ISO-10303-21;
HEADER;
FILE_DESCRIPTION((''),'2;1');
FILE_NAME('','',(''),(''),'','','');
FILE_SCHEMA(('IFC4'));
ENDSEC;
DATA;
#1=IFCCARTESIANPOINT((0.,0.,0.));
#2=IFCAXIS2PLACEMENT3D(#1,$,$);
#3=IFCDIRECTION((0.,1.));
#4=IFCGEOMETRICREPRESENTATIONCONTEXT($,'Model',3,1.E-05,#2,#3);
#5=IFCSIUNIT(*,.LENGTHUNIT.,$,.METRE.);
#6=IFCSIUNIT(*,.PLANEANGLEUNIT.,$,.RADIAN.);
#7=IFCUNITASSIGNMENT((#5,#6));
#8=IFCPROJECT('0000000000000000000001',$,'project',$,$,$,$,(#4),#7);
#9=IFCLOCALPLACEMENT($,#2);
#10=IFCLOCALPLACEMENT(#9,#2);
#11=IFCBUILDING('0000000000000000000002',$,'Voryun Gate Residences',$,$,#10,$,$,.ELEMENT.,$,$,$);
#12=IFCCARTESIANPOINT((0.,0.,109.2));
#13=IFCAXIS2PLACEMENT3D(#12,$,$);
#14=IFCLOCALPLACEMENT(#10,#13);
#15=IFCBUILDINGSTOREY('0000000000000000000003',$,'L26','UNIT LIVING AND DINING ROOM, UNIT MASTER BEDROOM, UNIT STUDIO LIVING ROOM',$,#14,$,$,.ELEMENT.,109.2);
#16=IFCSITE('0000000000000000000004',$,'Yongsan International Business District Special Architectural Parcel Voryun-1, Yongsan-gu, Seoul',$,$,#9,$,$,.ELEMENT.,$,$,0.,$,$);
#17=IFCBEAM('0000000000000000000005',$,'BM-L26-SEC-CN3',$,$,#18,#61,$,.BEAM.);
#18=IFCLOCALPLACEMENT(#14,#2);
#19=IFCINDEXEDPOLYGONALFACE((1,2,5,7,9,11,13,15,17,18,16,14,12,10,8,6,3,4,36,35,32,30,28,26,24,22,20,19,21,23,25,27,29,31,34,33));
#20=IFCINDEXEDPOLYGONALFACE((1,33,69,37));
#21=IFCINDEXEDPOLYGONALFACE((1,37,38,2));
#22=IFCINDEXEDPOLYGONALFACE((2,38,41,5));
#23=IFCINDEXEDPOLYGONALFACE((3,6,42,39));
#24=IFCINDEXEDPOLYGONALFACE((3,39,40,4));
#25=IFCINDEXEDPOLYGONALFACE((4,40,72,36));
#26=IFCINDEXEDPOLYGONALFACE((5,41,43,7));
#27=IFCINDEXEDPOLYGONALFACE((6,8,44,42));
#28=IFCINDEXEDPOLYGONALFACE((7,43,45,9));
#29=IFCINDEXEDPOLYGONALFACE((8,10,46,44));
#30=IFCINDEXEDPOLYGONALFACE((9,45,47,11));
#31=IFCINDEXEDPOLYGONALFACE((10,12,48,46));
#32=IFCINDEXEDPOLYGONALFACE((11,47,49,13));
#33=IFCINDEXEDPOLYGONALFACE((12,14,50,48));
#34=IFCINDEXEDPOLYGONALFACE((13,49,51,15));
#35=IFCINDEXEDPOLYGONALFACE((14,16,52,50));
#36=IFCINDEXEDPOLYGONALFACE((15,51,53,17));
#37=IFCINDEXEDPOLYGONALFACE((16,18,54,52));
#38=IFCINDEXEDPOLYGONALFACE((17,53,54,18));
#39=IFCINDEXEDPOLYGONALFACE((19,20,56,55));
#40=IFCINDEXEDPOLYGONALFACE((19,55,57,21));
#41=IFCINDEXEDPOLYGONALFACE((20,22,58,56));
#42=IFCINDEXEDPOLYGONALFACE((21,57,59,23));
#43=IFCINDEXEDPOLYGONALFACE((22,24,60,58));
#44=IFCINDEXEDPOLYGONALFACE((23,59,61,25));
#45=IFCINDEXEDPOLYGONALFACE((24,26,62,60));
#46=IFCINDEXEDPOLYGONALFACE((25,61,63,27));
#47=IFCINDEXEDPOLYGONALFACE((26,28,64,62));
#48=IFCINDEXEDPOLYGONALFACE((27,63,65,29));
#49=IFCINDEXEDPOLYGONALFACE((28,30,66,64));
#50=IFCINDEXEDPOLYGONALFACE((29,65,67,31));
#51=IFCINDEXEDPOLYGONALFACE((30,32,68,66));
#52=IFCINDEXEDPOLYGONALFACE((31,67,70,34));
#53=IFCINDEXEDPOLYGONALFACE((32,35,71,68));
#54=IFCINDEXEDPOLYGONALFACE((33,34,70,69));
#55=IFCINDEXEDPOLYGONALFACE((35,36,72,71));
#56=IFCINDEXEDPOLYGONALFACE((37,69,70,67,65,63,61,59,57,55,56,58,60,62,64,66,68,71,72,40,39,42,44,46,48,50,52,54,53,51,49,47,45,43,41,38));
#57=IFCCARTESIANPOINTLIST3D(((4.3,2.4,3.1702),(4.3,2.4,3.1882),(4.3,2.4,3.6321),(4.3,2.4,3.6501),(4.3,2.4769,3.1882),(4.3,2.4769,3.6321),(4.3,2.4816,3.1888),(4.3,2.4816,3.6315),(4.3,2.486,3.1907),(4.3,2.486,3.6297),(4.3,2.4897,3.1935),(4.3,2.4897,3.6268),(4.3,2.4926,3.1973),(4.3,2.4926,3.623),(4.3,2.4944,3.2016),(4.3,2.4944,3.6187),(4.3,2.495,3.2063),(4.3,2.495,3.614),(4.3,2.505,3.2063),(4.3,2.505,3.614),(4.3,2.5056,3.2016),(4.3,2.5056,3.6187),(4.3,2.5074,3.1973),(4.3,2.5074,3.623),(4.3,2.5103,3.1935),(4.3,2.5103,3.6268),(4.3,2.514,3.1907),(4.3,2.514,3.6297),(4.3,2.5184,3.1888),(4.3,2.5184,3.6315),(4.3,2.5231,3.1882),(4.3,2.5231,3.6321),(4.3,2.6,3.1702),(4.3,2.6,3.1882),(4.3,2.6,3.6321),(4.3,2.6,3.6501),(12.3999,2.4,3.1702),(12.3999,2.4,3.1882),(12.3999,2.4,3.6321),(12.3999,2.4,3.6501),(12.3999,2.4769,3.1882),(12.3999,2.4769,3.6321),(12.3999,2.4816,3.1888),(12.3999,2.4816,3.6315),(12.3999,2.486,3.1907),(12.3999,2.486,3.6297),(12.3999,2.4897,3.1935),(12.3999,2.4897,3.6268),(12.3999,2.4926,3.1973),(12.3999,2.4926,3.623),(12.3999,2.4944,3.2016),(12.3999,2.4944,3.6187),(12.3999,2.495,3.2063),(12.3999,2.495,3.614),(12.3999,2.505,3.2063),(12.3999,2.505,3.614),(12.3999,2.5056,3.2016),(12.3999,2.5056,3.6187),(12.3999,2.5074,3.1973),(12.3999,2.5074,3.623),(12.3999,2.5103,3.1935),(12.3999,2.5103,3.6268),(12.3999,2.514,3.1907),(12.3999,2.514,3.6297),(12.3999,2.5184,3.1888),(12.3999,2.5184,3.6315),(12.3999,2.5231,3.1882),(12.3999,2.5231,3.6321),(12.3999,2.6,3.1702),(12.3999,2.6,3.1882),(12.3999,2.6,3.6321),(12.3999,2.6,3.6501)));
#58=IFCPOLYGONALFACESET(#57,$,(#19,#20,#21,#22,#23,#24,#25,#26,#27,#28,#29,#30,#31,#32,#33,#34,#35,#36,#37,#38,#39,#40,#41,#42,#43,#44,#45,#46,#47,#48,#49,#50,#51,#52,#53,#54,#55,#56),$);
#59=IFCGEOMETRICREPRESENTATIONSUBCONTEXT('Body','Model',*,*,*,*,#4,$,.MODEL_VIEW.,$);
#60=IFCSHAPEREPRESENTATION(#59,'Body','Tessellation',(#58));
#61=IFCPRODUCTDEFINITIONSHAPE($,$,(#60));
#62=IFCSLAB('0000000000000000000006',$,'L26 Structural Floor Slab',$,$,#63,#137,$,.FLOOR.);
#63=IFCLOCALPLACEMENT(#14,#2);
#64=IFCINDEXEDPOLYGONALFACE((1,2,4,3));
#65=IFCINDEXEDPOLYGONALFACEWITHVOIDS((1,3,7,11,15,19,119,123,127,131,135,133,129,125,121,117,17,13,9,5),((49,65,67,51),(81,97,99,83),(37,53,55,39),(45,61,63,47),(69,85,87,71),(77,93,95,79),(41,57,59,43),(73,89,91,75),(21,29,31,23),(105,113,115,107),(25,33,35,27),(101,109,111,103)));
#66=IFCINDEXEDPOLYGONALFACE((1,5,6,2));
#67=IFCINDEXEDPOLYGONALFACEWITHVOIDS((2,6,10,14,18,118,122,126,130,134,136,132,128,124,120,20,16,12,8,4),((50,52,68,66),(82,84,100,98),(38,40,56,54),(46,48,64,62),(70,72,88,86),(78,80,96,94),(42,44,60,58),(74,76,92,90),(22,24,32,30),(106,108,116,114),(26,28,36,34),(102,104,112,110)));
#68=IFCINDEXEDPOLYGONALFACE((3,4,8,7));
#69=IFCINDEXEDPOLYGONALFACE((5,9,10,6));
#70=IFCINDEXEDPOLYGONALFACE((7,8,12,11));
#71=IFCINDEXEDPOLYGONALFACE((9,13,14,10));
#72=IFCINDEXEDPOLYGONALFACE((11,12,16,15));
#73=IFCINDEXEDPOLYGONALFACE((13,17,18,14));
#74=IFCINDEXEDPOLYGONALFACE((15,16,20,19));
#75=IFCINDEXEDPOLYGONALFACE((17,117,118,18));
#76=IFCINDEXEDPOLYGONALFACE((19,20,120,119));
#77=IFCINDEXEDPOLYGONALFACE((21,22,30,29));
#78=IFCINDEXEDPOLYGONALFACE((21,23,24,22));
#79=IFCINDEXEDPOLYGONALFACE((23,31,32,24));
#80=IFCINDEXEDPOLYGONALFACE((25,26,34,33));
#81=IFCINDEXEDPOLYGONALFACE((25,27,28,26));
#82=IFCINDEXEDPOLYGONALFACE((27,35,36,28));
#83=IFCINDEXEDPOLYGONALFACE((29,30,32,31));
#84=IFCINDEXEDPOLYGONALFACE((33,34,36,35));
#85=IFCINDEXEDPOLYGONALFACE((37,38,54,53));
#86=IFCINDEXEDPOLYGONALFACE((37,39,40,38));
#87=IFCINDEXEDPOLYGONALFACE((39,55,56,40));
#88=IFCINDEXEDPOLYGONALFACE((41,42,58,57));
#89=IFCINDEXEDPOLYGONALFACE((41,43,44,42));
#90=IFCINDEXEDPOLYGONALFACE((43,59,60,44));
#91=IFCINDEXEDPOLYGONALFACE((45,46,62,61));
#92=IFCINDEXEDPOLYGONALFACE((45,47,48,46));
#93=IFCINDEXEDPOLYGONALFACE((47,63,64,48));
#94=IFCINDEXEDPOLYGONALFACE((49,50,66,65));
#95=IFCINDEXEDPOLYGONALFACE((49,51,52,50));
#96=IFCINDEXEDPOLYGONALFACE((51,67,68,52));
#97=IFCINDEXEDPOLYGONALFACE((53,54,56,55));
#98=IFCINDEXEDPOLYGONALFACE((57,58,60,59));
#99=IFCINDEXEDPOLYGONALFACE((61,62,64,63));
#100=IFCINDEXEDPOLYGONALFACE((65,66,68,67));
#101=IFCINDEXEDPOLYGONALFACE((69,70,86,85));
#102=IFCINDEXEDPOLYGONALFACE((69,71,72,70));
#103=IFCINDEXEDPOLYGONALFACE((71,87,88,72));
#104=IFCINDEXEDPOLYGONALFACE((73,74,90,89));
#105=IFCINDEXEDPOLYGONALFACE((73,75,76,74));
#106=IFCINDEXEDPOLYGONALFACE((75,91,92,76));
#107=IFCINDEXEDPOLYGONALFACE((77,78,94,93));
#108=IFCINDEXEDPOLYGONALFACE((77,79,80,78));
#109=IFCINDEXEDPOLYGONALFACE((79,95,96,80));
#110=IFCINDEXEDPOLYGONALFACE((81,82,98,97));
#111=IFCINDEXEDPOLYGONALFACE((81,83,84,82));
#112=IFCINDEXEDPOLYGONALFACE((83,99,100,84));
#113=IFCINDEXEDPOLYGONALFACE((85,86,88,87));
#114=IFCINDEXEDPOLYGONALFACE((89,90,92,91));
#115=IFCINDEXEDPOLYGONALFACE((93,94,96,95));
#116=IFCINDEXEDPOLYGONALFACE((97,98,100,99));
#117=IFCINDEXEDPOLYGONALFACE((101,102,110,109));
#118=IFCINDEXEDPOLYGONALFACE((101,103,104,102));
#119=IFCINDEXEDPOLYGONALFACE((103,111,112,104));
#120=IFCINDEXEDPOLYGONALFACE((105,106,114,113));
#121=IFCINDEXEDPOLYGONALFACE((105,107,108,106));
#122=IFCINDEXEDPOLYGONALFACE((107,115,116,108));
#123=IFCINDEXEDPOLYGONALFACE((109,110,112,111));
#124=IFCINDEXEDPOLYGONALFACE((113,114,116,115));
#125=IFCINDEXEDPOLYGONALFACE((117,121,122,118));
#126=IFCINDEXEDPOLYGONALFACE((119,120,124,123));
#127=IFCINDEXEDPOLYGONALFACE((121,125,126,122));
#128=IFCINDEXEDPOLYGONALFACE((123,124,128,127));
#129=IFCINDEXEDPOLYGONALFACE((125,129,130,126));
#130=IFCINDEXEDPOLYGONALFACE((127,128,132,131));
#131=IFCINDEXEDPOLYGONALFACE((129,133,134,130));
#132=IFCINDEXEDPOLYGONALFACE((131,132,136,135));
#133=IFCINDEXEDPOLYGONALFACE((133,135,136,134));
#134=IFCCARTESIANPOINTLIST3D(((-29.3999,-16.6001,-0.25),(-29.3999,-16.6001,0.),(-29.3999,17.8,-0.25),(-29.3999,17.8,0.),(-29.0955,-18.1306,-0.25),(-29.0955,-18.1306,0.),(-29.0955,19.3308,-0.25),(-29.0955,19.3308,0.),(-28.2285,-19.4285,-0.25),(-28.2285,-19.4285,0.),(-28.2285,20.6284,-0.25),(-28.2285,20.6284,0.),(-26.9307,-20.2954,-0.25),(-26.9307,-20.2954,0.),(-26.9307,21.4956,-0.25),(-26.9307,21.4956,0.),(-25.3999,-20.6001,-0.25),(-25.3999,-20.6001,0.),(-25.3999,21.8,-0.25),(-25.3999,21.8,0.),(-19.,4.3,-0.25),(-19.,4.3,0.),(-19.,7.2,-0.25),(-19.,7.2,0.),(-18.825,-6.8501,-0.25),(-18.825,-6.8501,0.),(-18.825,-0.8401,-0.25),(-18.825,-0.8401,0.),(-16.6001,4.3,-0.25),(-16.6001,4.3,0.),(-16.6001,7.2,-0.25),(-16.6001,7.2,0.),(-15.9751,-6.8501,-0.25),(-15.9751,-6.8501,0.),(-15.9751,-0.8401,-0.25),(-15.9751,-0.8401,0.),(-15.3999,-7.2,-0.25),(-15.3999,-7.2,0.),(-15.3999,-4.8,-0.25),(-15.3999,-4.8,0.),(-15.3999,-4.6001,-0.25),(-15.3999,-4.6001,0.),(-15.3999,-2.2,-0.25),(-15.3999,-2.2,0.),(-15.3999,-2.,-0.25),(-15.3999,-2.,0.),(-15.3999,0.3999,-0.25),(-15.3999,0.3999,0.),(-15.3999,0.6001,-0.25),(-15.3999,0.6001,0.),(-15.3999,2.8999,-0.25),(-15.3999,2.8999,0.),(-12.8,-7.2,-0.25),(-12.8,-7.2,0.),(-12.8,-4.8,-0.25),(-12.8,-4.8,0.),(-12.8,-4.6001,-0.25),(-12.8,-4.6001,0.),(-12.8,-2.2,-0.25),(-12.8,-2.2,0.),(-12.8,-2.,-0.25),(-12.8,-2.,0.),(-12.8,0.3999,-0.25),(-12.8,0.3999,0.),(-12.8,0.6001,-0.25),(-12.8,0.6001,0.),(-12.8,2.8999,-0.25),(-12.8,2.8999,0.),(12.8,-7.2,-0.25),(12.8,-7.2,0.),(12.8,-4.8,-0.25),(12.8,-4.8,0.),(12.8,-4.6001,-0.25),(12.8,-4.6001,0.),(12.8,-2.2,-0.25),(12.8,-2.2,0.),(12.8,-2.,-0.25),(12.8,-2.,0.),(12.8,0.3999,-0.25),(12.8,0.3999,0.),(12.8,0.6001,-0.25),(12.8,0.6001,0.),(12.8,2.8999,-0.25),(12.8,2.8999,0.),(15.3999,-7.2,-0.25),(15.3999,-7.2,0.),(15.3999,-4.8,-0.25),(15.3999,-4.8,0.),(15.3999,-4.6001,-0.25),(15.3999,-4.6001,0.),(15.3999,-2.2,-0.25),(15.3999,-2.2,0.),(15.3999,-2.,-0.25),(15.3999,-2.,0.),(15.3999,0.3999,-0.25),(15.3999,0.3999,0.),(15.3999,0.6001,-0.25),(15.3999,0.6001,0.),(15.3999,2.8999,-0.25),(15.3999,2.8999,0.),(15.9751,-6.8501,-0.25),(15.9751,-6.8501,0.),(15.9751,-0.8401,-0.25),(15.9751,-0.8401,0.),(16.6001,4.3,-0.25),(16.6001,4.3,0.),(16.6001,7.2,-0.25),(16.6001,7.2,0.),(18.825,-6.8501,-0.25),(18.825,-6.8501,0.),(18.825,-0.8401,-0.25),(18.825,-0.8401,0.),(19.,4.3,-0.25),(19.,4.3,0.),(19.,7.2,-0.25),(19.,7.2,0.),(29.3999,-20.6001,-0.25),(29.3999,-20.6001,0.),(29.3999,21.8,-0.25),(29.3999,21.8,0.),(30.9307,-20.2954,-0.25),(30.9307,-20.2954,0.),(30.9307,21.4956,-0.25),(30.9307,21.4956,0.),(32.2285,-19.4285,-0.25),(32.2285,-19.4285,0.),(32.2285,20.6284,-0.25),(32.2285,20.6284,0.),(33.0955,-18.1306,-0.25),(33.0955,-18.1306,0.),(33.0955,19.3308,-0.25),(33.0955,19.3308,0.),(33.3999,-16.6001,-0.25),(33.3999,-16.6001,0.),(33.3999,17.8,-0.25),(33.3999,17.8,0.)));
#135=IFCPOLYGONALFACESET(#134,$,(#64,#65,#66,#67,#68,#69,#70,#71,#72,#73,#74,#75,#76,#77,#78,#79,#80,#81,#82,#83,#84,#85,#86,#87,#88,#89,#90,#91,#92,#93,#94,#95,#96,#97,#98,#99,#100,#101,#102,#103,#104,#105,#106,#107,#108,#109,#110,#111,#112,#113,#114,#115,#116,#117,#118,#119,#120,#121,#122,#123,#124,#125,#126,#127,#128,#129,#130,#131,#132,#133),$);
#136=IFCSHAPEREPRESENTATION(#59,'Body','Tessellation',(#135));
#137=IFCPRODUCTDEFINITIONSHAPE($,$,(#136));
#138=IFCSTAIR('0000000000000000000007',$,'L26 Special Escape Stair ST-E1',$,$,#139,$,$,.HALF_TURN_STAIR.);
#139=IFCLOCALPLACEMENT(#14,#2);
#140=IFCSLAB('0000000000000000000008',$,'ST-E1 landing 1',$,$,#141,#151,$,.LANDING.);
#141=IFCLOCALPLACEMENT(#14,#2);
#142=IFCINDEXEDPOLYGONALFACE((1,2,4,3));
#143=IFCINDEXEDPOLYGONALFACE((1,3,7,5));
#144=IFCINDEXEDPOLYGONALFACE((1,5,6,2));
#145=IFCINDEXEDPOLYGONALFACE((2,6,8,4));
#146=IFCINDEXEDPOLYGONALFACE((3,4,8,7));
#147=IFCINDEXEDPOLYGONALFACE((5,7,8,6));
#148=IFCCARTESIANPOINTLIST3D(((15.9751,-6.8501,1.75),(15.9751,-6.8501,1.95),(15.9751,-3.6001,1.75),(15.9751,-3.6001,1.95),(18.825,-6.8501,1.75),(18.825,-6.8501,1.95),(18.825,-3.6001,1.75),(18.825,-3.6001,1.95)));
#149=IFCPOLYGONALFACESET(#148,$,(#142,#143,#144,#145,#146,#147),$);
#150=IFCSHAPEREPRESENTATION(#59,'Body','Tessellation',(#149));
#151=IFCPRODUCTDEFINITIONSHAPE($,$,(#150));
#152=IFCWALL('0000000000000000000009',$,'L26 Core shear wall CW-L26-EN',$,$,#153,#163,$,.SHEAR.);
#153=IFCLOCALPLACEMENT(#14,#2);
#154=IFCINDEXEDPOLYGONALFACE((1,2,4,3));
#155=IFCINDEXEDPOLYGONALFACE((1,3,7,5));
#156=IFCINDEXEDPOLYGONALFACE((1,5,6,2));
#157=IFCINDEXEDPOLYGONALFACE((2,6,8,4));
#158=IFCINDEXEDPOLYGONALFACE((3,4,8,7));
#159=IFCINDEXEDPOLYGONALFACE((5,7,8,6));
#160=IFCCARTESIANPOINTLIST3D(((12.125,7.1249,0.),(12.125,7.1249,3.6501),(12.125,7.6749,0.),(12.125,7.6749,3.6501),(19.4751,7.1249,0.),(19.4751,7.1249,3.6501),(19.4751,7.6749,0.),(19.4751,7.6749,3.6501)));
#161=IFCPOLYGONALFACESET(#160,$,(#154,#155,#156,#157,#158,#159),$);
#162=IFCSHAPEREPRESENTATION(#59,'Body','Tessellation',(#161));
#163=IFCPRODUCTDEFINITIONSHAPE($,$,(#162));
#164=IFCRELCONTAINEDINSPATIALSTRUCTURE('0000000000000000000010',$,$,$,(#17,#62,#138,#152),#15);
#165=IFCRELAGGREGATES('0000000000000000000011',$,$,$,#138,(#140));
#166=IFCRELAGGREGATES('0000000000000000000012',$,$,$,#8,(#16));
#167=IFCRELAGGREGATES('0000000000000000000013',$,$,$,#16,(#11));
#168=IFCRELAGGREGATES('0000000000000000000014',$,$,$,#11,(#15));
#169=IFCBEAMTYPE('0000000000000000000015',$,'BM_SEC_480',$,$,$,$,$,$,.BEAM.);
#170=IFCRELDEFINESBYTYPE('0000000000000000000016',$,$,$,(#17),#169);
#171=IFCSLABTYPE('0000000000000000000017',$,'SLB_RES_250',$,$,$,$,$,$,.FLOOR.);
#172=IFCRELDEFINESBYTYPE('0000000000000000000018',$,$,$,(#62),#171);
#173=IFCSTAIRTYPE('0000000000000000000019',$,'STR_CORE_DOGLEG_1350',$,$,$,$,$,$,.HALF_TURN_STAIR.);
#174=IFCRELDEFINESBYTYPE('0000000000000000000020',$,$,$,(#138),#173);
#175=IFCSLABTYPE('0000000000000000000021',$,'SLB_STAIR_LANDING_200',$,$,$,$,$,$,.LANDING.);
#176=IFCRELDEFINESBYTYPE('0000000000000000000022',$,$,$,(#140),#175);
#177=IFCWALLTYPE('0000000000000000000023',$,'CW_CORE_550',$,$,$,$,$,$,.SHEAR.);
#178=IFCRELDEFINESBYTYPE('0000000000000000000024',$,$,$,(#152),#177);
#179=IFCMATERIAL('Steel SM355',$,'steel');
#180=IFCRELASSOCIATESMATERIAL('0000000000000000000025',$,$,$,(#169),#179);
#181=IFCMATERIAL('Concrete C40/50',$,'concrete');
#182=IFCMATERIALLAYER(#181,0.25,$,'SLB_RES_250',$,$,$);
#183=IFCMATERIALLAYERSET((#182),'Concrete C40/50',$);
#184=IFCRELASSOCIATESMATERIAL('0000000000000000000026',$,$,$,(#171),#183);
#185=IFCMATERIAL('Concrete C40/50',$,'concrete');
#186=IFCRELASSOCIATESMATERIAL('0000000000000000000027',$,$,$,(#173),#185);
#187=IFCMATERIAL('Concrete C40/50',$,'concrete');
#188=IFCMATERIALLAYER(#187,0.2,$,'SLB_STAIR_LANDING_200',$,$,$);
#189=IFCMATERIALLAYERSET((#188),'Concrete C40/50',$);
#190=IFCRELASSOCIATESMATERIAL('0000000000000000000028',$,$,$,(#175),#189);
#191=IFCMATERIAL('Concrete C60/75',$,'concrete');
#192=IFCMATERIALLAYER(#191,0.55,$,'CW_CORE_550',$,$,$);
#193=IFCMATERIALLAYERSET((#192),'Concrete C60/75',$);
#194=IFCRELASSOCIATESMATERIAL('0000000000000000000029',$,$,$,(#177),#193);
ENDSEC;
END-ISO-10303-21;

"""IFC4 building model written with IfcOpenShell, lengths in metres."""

from ifc_helpers import new_model, si_unit, direction, frame, frame_2d, origin, origin_2d, place, context, subcontext, project, spatial, polyline, rectangle, i_section, outline, extrude, material, layer, layer_set, material_profile, profile_set, type_object, element, aggregate, save


model = new_model("IFC4")

# Units and contexts
model_context = context("Model", 3, precision=1e-05, world=origin(), true_north=direction((0.0, 1.0)))
body_context = subcontext(model_context, "Body", "Model", "MODEL_VIEW")
ifc_project = project(units=[si_unit("LENGTHUNIT", "METRE"), si_unit("PLANEANGLEUNIT", "RADIAN")], contexts=[model_context])

# Site, building, storey
site_placement = place(None, origin())
site = spatial("IfcSite", under=ifc_project, at=site_placement, Name="Yongsan International Business District Special Architectural Parcel Voryun-1, Yongsan-gu, Seoul", CompositionType="ELEMENT", RefElevation=0.0)
building_placement = place(site_placement, origin())
building = spatial("IfcBuilding", under=site, at=building_placement, Name="Voryun Gate Residences", CompositionType="ELEMENT")
storey_placement = place(building_placement, frame((0.0, 0.0, 109.2)))
storey = spatial("IfcBuildingStorey", under=building, at=storey_placement, Name="L26", Description="UNIT LIVING AND DINING ROOM, UNIT MASTER BEDROOM, UNIT STUDIO LIVING ROOM", CompositionType="ELEMENT", Elevation=109.2)

# Beam
ifc_material_1 = material(Name="Steel SM355", Category="steel")
ifc_material_profile_1 = material_profile(ifc_material_1, i_section(OverallWidth=0.2, OverallDepth=0.48, WebThickness=0.01, FlangeThickness=0.0181, FilletRadius=0.0181, at=origin_2d()), Name="H-480x200x10x18")
ifc_profile_set_1 = profile_set([ifc_material_profile_1], Name="Steel SM355")
beam_type_1 = type_object("IfcBeamType", Name="BM_SEC_480", PredefinedType="BEAM", material=ifc_profile_set_1)
for number, where, z_axis, x_axis, name in (
    (1, (4.3, 2.5, 3.4102), (1.0, 0.0, 0.0), (0.0, 1.0, 0.0), "BM-L26-SEC-CN3"),
):
    element("IfcBeam", number, at=place(storey_placement, frame(where, z_axis=z_axis, x_axis=x_axis)), inside=storey, type_object=beam_type_1, Name=name, PredefinedType="BEAM", context=body_context, shape_type="SweptSolid", body=[
        extrude(i_section(OverallWidth=0.2, OverallDepth=0.48, WebThickness=0.01, FlangeThickness=0.0181, FilletRadius=0.0181, at=origin_2d()), origin(), (0.0, 0.0, 1.0), 8.0999),
    ])

# Slab
ifc_material_2 = material(Name="Concrete C40/50", Category="concrete")
ifc_layer_1 = layer(ifc_material_2, 0.25, Name="SLB_RES_250")
ifc_layer_set_1 = layer_set([ifc_layer_1], Name="Concrete C40/50")
slab_type_1 = type_object("IfcSlabType", Name="SLB_RES_250", PredefinedType="FLOOR", material=ifc_layer_set_1)
slab_1_placement = place(storey_placement, frame((0.0, 0.0, -0.25)))
element("IfcSlab", 2, at=slab_1_placement, inside=storey, type_object=slab_type_1, Name="L26 Structural Floor Slab", PredefinedType="FLOOR", context=body_context, shape_type="SweptSolid", body=[
    extrude(outline(polyline([(-25.3999, -20.6001), (-26.9307, -20.2954), (-28.2285, -19.4285), (-29.0955, -18.1306), (-29.3999, -16.6001), (-29.3999, 17.8), (-29.0955, 19.3308), (-28.2285, 20.6284), (-26.9307, 21.4956), (-25.3999, 21.8), (29.3999, 21.8), (30.9307, 21.4956), (32.2285, 20.6284), (33.0955, 19.3308), (33.3999, 17.8), (33.3999, -16.6001), (33.0955, -18.1306), (32.2285, -19.4285), (30.9307, -20.2954), (29.3999, -20.6001), (-25.3999, -20.6001)]), holes=[polyline([(-12.8, -4.8), (-15.3999, -4.8), (-15.3999, -7.2), (-12.8, -7.2), (-12.8, -4.8)]), polyline([(-18.825, -6.8501), (-15.9751, -6.8501), (-15.9751, -0.8401), (-18.825, -0.8401), (-18.825, -6.8501)]), polyline([(-12.8, -4.6001), (-12.8, -2.2), (-15.3999, -2.2), (-15.3999, -4.6001), (-12.8, -4.6001)]), polyline([(-12.8, 0.3999), (-15.3999, 0.3999), (-15.3999, -2.0), (-12.8, -2.0), (-12.8, 0.3999)]), polyline([(-12.8, 0.6001), (-12.8, 2.8999), (-15.3999, 2.8999), (-15.3999, 0.6001), (-12.8, 0.6001)]), polyline([(-16.6001, 4.3), (-16.6001, 7.2), (-19.0, 7.2), (-19.0, 4.3), (-16.6001, 4.3)]), polyline([(15.3999, -4.8), (12.8, -4.8), (12.8, -7.2), (15.3999, -7.2), (15.3999, -4.8)]), polyline([(15.9751, -6.8501), (18.825, -6.8501), (18.825, -0.8401), (15.9751, -0.8401), (15.9751, -6.8501)]), polyline([(15.3999, -4.6001), (15.3999, -2.2), (12.8, -2.2), (12.8, -4.6001), (15.3999, -4.6001)]), polyline([(15.3999, 0.3999), (12.8, 0.3999), (12.8, -2.0), (15.3999, -2.0), (15.3999, 0.3999)]), polyline([(15.3999, 0.6001), (15.3999, 2.8999), (12.8, 2.8999), (12.8, 0.6001), (15.3999, 0.6001)]), polyline([(19.0, 4.3), (19.0, 7.2), (16.6001, 7.2), (16.6001, 4.3), (19.0, 4.3)])]), origin(), (0.0, 0.0, 1.0), 0.25),
])

# Stair, slab
ifc_material_3 = material(Name="Concrete C40/50", Category="concrete")
stair_type = type_object("IfcStairType", Name="STR_CORE_DOGLEG_1350", PredefinedType="HALF_TURN_STAIR", material=ifc_material_3)
stair_placement = place(storey_placement, origin())
stair = element("IfcStair", 3, at=stair_placement, inside=storey, type_object=stair_type, Name="L26 Special Escape Stair ST-E1", PredefinedType="HALF_TURN_STAIR")
ifc_material_4 = material(Name="Concrete C40/50", Category="concrete")
ifc_layer_2 = layer(ifc_material_4, 0.2, Name="SLB_STAIR_LANDING_200")
ifc_layer_set_2 = layer_set([ifc_layer_2], Name="Concrete C40/50")
slab_type_2 = type_object("IfcSlabType", Name="SLB_STAIR_LANDING_200", PredefinedType="LANDING", material=ifc_layer_set_2)
slab_2_placement = place(storey_placement, frame((0.0, 0.0, 1.75)))
slab_2 = element("IfcSlab", 4, at=slab_2_placement, type_object=slab_type_2, Name="ST-E1 landing 1", PredefinedType="LANDING", context=body_context, shape_type="SweptSolid", body=[
    extrude(outline(polyline([(15.9751, -3.6001), (15.9751, -6.8501), (18.825, -6.8501), (18.825, -3.6001), (15.9751, -3.6001)])), origin(), (0.0, 0.0, 1.0), 0.2),
])
aggregate(stair, [slab_2])

# Wall
ifc_material_5 = material(Name="Concrete C60/75", Category="concrete")
ifc_layer_3 = layer(ifc_material_5, 0.55, Name="CW_CORE_550")
ifc_layer_set_3 = layer_set([ifc_layer_3], Name="Concrete C60/75")
wall_type_1 = type_object("IfcWallType", Name="CW_CORE_550", PredefinedType="SHEAR", material=ifc_layer_set_3)
wall_1_placement = place(storey_placement, frame((12.125, 7.3999, 0.0), z_axis=(0.0, 0.0, 1.0), x_axis=(1.0, 0.0, 0.0)))
element("IfcWall", 5, at=wall_1_placement, inside=storey, type_object=wall_type_1, Name="L26 Core shear wall CW-L26-EN", PredefinedType="SHEAR", context=body_context, shape_type="SweptSolid", body=[
    extrude(rectangle(XDim=7.3501, YDim=0.55, at=frame_2d((3.675, 0.0))), origin(), (0.0, 0.0, 1.0), 3.6501),
])

save(model, "model.ifc")
